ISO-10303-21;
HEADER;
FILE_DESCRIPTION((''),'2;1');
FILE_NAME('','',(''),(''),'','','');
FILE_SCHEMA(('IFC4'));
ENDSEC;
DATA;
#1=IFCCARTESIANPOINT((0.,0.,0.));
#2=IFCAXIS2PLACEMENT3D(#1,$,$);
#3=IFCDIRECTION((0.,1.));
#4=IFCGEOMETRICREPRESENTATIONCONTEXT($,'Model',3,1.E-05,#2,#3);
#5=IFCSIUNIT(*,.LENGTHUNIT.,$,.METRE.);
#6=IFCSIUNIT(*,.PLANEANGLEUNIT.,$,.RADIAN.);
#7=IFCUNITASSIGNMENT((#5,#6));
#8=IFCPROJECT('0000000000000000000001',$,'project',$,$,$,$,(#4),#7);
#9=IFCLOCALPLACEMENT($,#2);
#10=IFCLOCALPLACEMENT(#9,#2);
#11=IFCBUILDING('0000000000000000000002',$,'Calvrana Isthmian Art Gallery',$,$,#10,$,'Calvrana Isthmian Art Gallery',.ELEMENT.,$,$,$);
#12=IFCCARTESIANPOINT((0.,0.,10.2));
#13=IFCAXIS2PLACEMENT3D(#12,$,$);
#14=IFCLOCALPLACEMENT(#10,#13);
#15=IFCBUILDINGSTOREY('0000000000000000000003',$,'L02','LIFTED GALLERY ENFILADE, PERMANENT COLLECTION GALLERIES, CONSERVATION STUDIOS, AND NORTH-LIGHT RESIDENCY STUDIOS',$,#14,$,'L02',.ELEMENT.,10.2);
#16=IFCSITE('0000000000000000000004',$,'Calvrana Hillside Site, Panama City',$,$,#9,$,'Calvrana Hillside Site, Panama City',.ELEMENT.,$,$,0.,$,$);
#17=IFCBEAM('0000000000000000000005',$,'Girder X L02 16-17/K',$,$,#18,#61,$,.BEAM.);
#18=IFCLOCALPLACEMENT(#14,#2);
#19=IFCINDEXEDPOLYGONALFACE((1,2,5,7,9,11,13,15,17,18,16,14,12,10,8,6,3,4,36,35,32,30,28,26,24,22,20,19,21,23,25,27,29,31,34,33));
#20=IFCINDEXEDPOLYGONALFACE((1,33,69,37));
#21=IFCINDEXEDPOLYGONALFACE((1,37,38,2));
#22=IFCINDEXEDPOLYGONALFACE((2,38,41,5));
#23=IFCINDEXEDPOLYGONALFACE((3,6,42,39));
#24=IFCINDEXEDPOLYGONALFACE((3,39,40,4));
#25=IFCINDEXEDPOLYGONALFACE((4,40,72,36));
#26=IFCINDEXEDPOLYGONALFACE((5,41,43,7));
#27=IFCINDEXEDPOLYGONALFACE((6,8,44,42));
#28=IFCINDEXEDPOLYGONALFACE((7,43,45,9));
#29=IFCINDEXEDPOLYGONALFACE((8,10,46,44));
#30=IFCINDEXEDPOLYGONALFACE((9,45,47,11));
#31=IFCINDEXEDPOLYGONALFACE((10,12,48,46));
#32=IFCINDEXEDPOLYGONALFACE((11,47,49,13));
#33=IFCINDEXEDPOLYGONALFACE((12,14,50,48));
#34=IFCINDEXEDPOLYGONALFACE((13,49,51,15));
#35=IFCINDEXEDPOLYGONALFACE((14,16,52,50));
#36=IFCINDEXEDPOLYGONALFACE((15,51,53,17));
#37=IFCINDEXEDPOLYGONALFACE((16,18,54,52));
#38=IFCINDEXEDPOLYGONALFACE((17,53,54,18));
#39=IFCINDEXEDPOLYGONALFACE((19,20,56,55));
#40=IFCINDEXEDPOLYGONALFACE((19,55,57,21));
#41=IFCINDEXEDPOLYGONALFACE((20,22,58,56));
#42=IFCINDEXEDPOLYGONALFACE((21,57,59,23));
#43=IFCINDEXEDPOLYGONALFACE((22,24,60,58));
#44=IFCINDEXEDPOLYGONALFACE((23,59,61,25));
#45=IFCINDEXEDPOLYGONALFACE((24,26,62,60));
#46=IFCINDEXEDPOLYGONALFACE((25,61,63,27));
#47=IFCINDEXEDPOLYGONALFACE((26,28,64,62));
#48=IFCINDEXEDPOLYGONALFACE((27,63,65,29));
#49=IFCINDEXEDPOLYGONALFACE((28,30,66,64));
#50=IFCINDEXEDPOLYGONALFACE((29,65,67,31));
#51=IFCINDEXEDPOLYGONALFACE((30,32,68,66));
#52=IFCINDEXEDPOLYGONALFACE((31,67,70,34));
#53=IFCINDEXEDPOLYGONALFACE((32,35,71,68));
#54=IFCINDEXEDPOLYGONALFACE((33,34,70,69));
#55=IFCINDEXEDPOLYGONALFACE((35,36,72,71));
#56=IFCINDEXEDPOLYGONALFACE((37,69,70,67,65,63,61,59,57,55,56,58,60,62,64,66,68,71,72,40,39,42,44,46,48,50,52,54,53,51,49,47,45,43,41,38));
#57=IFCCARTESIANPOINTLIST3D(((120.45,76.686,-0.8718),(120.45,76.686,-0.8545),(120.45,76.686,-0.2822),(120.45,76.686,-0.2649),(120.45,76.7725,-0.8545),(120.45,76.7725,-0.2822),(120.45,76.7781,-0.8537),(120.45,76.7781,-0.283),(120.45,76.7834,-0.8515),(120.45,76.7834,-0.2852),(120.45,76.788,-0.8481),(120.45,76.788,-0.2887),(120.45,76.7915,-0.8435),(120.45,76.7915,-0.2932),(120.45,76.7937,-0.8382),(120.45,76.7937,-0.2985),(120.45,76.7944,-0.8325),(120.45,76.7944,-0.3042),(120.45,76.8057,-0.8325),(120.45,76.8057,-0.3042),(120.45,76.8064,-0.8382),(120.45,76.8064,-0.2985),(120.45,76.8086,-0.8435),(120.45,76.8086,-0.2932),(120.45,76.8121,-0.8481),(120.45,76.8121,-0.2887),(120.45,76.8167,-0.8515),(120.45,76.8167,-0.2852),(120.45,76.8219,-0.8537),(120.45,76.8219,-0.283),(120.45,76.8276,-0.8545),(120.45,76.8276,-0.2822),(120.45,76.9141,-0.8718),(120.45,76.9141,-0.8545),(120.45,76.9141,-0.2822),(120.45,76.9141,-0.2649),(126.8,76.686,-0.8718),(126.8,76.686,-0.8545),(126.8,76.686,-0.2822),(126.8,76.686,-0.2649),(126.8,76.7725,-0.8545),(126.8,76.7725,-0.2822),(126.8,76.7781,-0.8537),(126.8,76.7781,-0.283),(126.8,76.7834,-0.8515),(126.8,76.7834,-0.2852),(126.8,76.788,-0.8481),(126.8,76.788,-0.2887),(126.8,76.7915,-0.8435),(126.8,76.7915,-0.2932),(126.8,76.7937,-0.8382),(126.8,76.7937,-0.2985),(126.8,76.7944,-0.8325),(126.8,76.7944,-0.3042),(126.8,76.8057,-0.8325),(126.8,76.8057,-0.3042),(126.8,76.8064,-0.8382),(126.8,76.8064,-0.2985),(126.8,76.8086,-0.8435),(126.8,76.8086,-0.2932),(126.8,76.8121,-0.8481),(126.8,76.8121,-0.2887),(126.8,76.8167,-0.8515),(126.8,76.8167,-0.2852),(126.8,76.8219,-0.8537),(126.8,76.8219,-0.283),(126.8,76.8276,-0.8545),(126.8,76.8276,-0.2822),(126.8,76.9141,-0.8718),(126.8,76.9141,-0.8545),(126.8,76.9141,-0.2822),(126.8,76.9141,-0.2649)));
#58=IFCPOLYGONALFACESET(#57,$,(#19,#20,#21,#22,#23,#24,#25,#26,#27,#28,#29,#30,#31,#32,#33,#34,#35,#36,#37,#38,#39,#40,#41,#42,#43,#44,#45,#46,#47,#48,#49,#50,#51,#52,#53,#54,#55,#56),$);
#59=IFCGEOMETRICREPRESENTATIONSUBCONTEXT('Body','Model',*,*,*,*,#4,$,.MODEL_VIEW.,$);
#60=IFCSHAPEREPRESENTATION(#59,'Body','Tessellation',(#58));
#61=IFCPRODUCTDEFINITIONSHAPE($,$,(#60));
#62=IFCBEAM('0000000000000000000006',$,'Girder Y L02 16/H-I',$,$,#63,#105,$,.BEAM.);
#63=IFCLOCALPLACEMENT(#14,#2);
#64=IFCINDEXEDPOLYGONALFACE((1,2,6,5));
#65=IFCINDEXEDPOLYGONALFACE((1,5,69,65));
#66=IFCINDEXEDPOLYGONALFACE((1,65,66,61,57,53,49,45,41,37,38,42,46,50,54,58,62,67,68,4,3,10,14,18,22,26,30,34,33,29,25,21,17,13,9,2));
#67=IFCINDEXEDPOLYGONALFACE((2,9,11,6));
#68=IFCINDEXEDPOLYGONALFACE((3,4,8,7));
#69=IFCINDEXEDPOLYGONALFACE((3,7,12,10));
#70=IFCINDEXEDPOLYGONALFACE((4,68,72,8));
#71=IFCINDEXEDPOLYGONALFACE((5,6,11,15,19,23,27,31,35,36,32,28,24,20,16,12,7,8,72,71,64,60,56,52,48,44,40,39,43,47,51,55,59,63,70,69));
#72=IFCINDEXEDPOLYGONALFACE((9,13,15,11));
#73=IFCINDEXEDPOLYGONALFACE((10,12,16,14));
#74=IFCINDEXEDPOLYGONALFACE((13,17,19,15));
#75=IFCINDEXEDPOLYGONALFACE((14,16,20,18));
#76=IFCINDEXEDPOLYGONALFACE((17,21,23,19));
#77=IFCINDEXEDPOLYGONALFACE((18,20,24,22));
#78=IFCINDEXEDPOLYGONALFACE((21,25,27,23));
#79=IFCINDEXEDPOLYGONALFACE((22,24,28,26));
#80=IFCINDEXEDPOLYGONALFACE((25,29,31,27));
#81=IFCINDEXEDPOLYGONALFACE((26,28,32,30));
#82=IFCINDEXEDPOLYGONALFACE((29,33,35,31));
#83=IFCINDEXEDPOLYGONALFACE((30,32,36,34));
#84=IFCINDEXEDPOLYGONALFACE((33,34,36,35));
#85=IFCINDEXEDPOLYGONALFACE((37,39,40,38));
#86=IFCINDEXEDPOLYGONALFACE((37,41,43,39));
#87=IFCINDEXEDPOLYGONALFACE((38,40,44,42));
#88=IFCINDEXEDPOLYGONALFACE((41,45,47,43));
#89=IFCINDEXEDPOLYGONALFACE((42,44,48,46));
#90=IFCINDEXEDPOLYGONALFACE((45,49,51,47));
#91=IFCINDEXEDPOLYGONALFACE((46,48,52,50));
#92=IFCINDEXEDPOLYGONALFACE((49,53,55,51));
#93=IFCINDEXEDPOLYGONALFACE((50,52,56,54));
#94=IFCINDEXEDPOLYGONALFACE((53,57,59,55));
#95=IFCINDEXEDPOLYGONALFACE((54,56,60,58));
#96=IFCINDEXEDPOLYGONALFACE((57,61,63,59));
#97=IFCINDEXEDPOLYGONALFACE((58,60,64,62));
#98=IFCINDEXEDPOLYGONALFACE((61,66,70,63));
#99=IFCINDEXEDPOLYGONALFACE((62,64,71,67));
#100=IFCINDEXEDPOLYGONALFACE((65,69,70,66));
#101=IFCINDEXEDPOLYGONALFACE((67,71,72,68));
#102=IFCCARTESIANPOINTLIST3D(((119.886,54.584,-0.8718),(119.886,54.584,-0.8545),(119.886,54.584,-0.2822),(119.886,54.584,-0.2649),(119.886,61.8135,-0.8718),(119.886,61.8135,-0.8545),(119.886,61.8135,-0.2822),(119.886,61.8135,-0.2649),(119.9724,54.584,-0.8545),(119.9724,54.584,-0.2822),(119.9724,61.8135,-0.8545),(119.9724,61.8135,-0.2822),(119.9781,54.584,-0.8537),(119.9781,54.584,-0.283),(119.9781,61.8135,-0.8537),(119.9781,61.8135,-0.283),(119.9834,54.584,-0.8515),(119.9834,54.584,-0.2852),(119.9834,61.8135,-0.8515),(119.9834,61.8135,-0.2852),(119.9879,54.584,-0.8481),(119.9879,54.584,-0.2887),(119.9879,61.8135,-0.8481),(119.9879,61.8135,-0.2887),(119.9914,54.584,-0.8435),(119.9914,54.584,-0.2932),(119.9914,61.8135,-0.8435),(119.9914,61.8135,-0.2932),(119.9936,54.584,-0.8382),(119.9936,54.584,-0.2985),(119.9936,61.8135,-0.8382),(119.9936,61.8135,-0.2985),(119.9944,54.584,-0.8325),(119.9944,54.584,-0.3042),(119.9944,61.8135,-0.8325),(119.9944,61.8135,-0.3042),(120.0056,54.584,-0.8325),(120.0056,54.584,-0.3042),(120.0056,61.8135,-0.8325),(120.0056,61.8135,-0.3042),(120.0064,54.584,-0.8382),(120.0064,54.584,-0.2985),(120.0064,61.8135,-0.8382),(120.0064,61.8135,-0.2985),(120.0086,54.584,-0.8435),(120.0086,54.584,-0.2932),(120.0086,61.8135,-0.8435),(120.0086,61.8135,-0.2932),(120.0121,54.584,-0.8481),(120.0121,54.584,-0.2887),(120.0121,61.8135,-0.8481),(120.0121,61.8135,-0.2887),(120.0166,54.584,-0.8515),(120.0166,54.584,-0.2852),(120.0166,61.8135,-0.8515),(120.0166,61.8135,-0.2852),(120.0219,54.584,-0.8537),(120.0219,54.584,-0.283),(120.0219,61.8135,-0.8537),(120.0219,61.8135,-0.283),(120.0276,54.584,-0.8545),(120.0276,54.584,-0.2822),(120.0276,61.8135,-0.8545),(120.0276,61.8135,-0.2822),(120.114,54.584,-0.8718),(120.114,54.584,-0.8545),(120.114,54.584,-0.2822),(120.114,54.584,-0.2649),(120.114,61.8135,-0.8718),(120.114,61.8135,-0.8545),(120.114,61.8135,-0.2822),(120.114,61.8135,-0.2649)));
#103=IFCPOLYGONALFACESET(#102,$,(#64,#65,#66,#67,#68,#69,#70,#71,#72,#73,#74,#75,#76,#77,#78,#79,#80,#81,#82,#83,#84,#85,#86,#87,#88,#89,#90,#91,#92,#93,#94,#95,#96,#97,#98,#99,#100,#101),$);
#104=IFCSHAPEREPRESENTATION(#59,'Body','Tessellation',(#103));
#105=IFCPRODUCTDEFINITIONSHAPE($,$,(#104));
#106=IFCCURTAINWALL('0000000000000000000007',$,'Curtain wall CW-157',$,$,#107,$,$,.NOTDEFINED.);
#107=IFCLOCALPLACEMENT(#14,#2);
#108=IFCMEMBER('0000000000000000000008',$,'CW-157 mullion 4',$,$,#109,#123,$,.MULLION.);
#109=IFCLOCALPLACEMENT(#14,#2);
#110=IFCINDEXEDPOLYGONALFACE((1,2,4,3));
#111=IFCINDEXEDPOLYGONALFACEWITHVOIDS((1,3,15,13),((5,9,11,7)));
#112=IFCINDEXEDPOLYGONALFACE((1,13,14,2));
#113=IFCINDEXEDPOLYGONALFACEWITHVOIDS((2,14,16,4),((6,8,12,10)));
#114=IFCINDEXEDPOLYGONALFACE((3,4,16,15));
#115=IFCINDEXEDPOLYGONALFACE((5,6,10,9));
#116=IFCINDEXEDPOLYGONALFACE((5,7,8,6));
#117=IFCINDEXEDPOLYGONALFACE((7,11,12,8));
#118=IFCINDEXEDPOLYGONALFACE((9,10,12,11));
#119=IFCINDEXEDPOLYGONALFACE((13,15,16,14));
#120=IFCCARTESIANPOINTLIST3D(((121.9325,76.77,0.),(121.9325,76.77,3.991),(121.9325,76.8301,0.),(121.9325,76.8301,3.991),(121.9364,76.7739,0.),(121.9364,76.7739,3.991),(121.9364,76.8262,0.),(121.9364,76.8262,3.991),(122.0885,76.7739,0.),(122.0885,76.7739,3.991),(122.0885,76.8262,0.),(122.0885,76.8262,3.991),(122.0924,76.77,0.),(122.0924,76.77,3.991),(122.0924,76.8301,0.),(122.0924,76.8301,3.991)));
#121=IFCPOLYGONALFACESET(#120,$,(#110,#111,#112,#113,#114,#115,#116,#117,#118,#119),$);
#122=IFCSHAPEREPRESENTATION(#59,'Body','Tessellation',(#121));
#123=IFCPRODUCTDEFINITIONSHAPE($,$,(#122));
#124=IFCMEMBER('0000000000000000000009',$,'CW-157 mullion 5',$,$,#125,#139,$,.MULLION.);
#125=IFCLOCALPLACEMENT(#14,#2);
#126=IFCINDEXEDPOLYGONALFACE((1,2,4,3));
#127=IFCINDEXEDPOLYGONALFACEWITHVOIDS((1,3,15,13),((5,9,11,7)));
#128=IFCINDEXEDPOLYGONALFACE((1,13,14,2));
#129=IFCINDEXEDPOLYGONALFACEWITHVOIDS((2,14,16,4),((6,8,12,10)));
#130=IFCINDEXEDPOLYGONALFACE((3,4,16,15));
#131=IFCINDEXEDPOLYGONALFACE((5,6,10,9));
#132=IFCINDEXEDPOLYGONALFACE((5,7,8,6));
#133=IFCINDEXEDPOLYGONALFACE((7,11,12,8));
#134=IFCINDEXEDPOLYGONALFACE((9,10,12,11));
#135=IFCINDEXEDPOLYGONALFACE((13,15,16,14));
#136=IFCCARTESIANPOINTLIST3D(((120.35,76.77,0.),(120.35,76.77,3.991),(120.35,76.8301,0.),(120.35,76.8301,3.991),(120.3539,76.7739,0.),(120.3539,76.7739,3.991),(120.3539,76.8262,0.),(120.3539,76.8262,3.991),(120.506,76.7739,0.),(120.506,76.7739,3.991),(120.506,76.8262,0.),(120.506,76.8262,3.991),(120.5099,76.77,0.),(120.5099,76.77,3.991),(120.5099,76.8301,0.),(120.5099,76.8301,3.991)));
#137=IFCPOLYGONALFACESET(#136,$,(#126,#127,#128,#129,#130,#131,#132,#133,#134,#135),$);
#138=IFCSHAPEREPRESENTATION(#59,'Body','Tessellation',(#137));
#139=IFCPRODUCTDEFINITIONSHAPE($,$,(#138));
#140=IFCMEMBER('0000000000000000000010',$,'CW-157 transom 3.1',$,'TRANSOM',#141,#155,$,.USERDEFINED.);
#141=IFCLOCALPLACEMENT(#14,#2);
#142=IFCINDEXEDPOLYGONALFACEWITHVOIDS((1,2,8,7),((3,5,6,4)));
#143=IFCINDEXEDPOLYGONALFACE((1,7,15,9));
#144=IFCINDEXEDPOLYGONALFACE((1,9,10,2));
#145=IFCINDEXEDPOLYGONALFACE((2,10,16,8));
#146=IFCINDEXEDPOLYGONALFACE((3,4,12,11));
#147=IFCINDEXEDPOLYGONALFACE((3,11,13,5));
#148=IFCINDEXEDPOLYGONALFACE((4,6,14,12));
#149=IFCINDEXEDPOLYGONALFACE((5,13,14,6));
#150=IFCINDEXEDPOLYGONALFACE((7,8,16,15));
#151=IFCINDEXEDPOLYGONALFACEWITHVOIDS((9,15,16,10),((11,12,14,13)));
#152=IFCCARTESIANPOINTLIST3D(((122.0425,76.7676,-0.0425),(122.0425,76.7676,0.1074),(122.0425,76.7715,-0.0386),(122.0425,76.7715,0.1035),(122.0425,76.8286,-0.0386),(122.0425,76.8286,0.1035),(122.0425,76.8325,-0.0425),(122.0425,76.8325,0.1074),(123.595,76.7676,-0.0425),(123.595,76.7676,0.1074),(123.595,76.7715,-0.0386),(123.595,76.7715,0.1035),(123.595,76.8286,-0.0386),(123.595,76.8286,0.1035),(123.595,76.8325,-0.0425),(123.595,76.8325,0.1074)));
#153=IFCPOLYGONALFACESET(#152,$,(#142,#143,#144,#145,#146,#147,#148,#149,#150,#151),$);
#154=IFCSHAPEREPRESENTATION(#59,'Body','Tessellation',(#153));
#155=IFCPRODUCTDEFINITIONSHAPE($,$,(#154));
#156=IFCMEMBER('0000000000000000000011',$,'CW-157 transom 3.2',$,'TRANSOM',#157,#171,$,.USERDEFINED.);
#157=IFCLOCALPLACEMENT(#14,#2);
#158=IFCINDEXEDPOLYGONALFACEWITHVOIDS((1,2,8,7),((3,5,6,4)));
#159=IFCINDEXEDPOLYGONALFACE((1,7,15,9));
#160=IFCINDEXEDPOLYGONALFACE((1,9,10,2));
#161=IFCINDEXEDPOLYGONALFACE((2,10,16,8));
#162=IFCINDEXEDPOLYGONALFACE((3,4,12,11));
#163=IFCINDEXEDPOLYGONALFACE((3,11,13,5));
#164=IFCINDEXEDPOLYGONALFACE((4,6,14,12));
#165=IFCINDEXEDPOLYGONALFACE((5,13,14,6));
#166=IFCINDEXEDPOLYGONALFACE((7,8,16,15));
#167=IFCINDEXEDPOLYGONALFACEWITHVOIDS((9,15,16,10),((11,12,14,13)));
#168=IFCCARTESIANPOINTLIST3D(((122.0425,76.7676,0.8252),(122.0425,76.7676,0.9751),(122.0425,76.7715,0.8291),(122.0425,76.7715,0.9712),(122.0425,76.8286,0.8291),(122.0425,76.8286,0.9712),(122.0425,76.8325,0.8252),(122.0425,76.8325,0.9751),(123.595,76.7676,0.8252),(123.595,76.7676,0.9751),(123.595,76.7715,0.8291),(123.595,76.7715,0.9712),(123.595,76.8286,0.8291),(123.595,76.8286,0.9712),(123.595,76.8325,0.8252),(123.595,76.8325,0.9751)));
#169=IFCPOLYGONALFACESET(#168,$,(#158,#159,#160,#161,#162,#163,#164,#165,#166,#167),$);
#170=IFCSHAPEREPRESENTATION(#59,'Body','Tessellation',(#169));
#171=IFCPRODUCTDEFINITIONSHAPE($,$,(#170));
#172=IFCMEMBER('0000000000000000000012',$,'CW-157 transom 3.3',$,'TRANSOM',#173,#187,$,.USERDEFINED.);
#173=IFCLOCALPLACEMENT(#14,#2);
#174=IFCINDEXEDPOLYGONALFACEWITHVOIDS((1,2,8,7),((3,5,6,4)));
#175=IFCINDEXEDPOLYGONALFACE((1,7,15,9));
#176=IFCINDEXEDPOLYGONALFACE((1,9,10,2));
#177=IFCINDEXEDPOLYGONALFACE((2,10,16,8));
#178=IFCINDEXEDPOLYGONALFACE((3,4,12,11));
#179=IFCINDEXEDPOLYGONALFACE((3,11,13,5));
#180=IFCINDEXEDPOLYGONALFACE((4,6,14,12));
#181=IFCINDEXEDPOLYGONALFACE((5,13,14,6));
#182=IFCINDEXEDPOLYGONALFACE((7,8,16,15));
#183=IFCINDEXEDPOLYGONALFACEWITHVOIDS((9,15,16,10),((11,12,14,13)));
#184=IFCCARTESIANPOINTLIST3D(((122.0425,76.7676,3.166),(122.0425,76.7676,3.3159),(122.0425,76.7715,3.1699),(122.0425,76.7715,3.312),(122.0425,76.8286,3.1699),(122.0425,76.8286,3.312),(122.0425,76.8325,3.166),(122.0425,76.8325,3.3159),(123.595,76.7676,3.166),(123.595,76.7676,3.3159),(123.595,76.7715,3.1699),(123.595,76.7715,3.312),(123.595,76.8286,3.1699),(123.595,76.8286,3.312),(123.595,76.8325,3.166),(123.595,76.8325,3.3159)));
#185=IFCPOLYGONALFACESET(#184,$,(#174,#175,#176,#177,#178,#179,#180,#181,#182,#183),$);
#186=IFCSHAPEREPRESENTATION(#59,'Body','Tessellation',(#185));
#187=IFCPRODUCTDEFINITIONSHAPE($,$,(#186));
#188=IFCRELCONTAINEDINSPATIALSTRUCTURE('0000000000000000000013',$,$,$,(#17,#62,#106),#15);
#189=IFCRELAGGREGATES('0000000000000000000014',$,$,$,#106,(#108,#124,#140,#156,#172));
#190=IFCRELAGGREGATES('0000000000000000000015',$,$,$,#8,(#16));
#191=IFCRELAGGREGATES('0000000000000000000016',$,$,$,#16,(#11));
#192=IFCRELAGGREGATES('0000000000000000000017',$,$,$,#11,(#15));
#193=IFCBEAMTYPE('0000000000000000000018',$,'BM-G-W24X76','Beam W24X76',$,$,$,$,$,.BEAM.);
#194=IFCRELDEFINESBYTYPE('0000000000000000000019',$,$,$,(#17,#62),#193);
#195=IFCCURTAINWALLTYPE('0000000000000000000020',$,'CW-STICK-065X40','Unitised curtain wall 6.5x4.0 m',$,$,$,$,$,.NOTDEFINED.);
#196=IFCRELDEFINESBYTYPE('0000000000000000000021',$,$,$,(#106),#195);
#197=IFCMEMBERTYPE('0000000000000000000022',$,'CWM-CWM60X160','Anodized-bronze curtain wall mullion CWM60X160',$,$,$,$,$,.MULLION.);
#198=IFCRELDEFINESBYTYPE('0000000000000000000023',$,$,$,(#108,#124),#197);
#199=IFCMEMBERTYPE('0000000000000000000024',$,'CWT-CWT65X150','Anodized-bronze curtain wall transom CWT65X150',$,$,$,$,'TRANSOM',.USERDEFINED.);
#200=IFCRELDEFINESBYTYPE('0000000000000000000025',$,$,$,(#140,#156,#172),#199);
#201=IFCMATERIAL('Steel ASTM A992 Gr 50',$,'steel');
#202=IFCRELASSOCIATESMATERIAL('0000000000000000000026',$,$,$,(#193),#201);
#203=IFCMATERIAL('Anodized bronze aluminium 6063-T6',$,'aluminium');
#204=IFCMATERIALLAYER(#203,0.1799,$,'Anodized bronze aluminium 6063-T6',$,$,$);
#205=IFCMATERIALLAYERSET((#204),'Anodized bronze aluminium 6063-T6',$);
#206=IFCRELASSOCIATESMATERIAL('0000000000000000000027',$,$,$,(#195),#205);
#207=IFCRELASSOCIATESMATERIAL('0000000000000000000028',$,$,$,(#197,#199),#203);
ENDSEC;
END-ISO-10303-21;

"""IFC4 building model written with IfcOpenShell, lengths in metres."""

from ifc_helpers import new_model, si_unit, direction, frame, origin, origin_2d, place, context, subcontext, project, spatial, hollow_rectangle, i_section, extrude, material, layer, layer_set, material_profile, profile_set, type_object, element, aggregate, save


model = new_model("IFC4")

# Units and contexts
model_context = context("Model", 3, precision=1e-05, world=origin(), true_north=direction((0.0, 1.0)))
body_context = subcontext(model_context, "Body", "Model", "MODEL_VIEW")
ifc_project = project(units=[si_unit("LENGTHUNIT", "METRE"), si_unit("PLANEANGLEUNIT", "RADIAN")], contexts=[model_context])

# Site, building, storey
site_placement = place(None, origin())
site = spatial("IfcSite", under=ifc_project, at=site_placement, Name="Calvrana Hillside Site, Panama City", LongName="Calvrana Hillside Site, Panama City", CompositionType="ELEMENT", RefElevation=0.0)
building_placement = place(site_placement, origin())
building = spatial("IfcBuilding", under=site, at=building_placement, Name="Calvrana Isthmian Art Gallery", LongName="Calvrana Isthmian Art Gallery", CompositionType="ELEMENT")
storey_placement = place(building_placement, frame((0.0, 0.0, 10.2)))
storey = spatial("IfcBuildingStorey", under=building, at=storey_placement, Name="L02", Description="LIFTED GALLERY ENFILADE, PERMANENT COLLECTION GALLERIES, CONSERVATION STUDIOS, AND NORTH-LIGHT RESIDENCY STUDIOS", LongName="L02", CompositionType="ELEMENT", Elevation=10.2)

# Beams
ifc_material_1 = material(Name="Steel ASTM A992 Gr 50", Category="steel")
ifc_material_profile_1 = material_profile(ifc_material_1, i_section(OverallWidth=0.228, OverallDepth=0.6069, WebThickness=0.0112, FlangeThickness=0.0173, FilletRadius=0.022, at=origin_2d()), Name="W24X76")
ifc_profile_set_1 = profile_set([ifc_material_profile_1], Name="Steel ASTM A992 Gr 50")
beam_type_1 = type_object("IfcBeamType", Name="BM-G-W24X76", Description="Beam W24X76", PredefinedType="BEAM", material=ifc_profile_set_1)
beam_1_placement = place(storey_placement, frame((120.45, 76.8, -0.5684), z_axis=(1.0, 0.0, 0.0), x_axis=(0.0, 1.0, 0.0)))
element("IfcBeam", 1, at=beam_1_placement, inside=storey, type_object=beam_type_1, Name="Girder X L02 16-17/K", PredefinedType="BEAM", context=body_context, shape_type="SweptSolid", body=[
    extrude(i_section(OverallWidth=0.228, OverallDepth=0.6069, WebThickness=0.0112, FlangeThickness=0.0173, FilletRadius=0.022, at=origin_2d()), origin(), (0.0, 0.0, 1.0), 6.3501),
])
beam_2_placement = place(storey_placement, frame((120.0, 54.584, -0.5684), z_axis=(0.0, 1.0, 0.0), x_axis=(-1.0, 0.0, 0.0)))
element("IfcBeam", 2, at=beam_2_placement, inside=storey, type_object=beam_type_1, Name="Girder Y L02 16/H-I", PredefinedType="BEAM", context=body_context, shape_type="SweptSolid", body=[
    extrude(i_section(OverallWidth=0.228, OverallDepth=0.6069, WebThickness=0.0112, FlangeThickness=0.0173, FilletRadius=0.022, at=origin_2d()), origin(), (0.0, 0.0, 1.0), 7.2295),
])

# Curtain wall, members
ifc_material_2 = material(Name="Anodized bronze aluminium 6063-T6", Category="aluminium")
ifc_layer_1 = layer(ifc_material_2, 0.1799, Name="Anodized bronze aluminium 6063-T6")
ifc_layer_set_1 = layer_set([ifc_layer_1], Name="Anodized bronze aluminium 6063-T6")
curtain_wall_type = type_object("IfcCurtainWallType", Name="CW-STICK-065X40", Description="Unitised curtain wall 6.5x4.0 m", PredefinedType="NOTDEFINED", material=ifc_layer_set_1)
curtain_wall_placement = place(storey_placement, origin())
curtain_wall = element("IfcCurtainWall", 3, at=curtain_wall_placement, inside=storey, type_object=curtain_wall_type, Name="Curtain wall CW-157", PredefinedType="NOTDEFINED")
ifc_material_profile_2 = material_profile(ifc_material_2, hollow_rectangle(XDim=0.0601, YDim=0.1599, WallThickness=0.0039, at=origin_2d()), Name="CWM60X160")
ifc_profile_set_2 = profile_set([ifc_material_profile_2], Name="Anodized bronze aluminium 6063-T6")
member_type_1 = type_object("IfcMemberType", Name="CWM-CWM60X160", Description="Anodized-bronze curtain wall mullion CWM60X160", PredefinedType="MULLION", material=ifc_profile_set_2)
member_1_placement = place(storey_placement, frame((122.0125, 76.8, 0.0), z_axis=(0.0, 0.0, 1.0), x_axis=(0.0, -1.0, 0.0)))
member_1 = element("IfcMember", 4, at=member_1_placement, type_object=member_type_1, Name="CW-157 mullion 4", PredefinedType="MULLION", context=body_context, shape_type="SweptSolid", body=[
    extrude(hollow_rectangle(XDim=0.0601, YDim=0.1599, WallThickness=0.0039, at=origin_2d()), origin(), (0.0, 0.0, 1.0), 3.991),
])
member_2_placement = place(storey_placement, frame((120.4299, 76.8, 0.0), z_axis=(0.0, 0.0, 1.0), x_axis=(0.0, -1.0, 0.0)))
member_2 = element("IfcMember", 5, at=member_2_placement, type_object=member_type_1, Name="CW-157 mullion 5", PredefinedType="MULLION", context=body_context, shape_type="SweptSolid", body=[
    extrude(hollow_rectangle(XDim=0.0601, YDim=0.1599, WallThickness=0.0039, at=origin_2d()), origin(), (0.0, 0.0, 1.0), 3.991),
])
ifc_material_profile_3 = material_profile(ifc_material_2, hollow_rectangle(XDim=0.0649, YDim=0.1499, WallThickness=0.0039, at=origin_2d()), Name="CWT65X150")
ifc_profile_set_3 = profile_set([ifc_material_profile_3], Name="Anodized bronze aluminium 6063-T6")
member_type_2 = type_object("IfcMemberType", Name="CWT-CWT65X150", Description="Anodized-bronze curtain wall transom CWT65X150", ElementType="TRANSOM", PredefinedType="USERDEFINED", material=ifc_profile_set_3)
member_3_placement = place(storey_placement, frame((123.595, 76.8, 0.0325), z_axis=(-1.0, 0.0, 0.0), x_axis=(0.0, -1.0, 0.0)))
member_3 = element("IfcMember", 6, at=member_3_placement, type_object=member_type_2, Name="CW-157 transom 3.1", ObjectType="TRANSOM", PredefinedType="USERDEFINED", context=body_context, shape_type="SweptSolid", body=[
    extrude(hollow_rectangle(XDim=0.0649, YDim=0.1499, WallThickness=0.0039, at=origin_2d()), origin(), (0.0, 0.0, 1.0), 1.5525),
])
member_4_placement = place(storey_placement, frame((123.595, 76.8, 0.9001), z_axis=(-1.0, 0.0, 0.0), x_axis=(0.0, -1.0, 0.0)))
member_4 = element("IfcMember", 7, at=member_4_placement, type_object=member_type_2, Name="CW-157 transom 3.2", ObjectType="TRANSOM", PredefinedType="USERDEFINED", context=body_context, shape_type="SweptSolid", body=[
    extrude(hollow_rectangle(XDim=0.0649, YDim=0.1499, WallThickness=0.0039, at=origin_2d()), origin(), (0.0, 0.0, 1.0), 1.5525),
])
member_5_placement = place(storey_placement, frame((123.595, 76.8, 3.241), z_axis=(-1.0, 0.0, 0.0), x_axis=(0.0, -1.0, 0.0)))
member_5 = element("IfcMember", 8, at=member_5_placement, type_object=member_type_2, Name="CW-157 transom 3.3", ObjectType="TRANSOM", PredefinedType="USERDEFINED", context=body_context, shape_type="SweptSolid", body=[
    extrude(hollow_rectangle(XDim=0.0649, YDim=0.1499, WallThickness=0.0039, at=origin_2d()), origin(), (0.0, 0.0, 1.0), 1.5525),
])
aggregate(curtain_wall, [member_1, member_2, member_3, member_4, member_5])

save(model, "model.ifc")
